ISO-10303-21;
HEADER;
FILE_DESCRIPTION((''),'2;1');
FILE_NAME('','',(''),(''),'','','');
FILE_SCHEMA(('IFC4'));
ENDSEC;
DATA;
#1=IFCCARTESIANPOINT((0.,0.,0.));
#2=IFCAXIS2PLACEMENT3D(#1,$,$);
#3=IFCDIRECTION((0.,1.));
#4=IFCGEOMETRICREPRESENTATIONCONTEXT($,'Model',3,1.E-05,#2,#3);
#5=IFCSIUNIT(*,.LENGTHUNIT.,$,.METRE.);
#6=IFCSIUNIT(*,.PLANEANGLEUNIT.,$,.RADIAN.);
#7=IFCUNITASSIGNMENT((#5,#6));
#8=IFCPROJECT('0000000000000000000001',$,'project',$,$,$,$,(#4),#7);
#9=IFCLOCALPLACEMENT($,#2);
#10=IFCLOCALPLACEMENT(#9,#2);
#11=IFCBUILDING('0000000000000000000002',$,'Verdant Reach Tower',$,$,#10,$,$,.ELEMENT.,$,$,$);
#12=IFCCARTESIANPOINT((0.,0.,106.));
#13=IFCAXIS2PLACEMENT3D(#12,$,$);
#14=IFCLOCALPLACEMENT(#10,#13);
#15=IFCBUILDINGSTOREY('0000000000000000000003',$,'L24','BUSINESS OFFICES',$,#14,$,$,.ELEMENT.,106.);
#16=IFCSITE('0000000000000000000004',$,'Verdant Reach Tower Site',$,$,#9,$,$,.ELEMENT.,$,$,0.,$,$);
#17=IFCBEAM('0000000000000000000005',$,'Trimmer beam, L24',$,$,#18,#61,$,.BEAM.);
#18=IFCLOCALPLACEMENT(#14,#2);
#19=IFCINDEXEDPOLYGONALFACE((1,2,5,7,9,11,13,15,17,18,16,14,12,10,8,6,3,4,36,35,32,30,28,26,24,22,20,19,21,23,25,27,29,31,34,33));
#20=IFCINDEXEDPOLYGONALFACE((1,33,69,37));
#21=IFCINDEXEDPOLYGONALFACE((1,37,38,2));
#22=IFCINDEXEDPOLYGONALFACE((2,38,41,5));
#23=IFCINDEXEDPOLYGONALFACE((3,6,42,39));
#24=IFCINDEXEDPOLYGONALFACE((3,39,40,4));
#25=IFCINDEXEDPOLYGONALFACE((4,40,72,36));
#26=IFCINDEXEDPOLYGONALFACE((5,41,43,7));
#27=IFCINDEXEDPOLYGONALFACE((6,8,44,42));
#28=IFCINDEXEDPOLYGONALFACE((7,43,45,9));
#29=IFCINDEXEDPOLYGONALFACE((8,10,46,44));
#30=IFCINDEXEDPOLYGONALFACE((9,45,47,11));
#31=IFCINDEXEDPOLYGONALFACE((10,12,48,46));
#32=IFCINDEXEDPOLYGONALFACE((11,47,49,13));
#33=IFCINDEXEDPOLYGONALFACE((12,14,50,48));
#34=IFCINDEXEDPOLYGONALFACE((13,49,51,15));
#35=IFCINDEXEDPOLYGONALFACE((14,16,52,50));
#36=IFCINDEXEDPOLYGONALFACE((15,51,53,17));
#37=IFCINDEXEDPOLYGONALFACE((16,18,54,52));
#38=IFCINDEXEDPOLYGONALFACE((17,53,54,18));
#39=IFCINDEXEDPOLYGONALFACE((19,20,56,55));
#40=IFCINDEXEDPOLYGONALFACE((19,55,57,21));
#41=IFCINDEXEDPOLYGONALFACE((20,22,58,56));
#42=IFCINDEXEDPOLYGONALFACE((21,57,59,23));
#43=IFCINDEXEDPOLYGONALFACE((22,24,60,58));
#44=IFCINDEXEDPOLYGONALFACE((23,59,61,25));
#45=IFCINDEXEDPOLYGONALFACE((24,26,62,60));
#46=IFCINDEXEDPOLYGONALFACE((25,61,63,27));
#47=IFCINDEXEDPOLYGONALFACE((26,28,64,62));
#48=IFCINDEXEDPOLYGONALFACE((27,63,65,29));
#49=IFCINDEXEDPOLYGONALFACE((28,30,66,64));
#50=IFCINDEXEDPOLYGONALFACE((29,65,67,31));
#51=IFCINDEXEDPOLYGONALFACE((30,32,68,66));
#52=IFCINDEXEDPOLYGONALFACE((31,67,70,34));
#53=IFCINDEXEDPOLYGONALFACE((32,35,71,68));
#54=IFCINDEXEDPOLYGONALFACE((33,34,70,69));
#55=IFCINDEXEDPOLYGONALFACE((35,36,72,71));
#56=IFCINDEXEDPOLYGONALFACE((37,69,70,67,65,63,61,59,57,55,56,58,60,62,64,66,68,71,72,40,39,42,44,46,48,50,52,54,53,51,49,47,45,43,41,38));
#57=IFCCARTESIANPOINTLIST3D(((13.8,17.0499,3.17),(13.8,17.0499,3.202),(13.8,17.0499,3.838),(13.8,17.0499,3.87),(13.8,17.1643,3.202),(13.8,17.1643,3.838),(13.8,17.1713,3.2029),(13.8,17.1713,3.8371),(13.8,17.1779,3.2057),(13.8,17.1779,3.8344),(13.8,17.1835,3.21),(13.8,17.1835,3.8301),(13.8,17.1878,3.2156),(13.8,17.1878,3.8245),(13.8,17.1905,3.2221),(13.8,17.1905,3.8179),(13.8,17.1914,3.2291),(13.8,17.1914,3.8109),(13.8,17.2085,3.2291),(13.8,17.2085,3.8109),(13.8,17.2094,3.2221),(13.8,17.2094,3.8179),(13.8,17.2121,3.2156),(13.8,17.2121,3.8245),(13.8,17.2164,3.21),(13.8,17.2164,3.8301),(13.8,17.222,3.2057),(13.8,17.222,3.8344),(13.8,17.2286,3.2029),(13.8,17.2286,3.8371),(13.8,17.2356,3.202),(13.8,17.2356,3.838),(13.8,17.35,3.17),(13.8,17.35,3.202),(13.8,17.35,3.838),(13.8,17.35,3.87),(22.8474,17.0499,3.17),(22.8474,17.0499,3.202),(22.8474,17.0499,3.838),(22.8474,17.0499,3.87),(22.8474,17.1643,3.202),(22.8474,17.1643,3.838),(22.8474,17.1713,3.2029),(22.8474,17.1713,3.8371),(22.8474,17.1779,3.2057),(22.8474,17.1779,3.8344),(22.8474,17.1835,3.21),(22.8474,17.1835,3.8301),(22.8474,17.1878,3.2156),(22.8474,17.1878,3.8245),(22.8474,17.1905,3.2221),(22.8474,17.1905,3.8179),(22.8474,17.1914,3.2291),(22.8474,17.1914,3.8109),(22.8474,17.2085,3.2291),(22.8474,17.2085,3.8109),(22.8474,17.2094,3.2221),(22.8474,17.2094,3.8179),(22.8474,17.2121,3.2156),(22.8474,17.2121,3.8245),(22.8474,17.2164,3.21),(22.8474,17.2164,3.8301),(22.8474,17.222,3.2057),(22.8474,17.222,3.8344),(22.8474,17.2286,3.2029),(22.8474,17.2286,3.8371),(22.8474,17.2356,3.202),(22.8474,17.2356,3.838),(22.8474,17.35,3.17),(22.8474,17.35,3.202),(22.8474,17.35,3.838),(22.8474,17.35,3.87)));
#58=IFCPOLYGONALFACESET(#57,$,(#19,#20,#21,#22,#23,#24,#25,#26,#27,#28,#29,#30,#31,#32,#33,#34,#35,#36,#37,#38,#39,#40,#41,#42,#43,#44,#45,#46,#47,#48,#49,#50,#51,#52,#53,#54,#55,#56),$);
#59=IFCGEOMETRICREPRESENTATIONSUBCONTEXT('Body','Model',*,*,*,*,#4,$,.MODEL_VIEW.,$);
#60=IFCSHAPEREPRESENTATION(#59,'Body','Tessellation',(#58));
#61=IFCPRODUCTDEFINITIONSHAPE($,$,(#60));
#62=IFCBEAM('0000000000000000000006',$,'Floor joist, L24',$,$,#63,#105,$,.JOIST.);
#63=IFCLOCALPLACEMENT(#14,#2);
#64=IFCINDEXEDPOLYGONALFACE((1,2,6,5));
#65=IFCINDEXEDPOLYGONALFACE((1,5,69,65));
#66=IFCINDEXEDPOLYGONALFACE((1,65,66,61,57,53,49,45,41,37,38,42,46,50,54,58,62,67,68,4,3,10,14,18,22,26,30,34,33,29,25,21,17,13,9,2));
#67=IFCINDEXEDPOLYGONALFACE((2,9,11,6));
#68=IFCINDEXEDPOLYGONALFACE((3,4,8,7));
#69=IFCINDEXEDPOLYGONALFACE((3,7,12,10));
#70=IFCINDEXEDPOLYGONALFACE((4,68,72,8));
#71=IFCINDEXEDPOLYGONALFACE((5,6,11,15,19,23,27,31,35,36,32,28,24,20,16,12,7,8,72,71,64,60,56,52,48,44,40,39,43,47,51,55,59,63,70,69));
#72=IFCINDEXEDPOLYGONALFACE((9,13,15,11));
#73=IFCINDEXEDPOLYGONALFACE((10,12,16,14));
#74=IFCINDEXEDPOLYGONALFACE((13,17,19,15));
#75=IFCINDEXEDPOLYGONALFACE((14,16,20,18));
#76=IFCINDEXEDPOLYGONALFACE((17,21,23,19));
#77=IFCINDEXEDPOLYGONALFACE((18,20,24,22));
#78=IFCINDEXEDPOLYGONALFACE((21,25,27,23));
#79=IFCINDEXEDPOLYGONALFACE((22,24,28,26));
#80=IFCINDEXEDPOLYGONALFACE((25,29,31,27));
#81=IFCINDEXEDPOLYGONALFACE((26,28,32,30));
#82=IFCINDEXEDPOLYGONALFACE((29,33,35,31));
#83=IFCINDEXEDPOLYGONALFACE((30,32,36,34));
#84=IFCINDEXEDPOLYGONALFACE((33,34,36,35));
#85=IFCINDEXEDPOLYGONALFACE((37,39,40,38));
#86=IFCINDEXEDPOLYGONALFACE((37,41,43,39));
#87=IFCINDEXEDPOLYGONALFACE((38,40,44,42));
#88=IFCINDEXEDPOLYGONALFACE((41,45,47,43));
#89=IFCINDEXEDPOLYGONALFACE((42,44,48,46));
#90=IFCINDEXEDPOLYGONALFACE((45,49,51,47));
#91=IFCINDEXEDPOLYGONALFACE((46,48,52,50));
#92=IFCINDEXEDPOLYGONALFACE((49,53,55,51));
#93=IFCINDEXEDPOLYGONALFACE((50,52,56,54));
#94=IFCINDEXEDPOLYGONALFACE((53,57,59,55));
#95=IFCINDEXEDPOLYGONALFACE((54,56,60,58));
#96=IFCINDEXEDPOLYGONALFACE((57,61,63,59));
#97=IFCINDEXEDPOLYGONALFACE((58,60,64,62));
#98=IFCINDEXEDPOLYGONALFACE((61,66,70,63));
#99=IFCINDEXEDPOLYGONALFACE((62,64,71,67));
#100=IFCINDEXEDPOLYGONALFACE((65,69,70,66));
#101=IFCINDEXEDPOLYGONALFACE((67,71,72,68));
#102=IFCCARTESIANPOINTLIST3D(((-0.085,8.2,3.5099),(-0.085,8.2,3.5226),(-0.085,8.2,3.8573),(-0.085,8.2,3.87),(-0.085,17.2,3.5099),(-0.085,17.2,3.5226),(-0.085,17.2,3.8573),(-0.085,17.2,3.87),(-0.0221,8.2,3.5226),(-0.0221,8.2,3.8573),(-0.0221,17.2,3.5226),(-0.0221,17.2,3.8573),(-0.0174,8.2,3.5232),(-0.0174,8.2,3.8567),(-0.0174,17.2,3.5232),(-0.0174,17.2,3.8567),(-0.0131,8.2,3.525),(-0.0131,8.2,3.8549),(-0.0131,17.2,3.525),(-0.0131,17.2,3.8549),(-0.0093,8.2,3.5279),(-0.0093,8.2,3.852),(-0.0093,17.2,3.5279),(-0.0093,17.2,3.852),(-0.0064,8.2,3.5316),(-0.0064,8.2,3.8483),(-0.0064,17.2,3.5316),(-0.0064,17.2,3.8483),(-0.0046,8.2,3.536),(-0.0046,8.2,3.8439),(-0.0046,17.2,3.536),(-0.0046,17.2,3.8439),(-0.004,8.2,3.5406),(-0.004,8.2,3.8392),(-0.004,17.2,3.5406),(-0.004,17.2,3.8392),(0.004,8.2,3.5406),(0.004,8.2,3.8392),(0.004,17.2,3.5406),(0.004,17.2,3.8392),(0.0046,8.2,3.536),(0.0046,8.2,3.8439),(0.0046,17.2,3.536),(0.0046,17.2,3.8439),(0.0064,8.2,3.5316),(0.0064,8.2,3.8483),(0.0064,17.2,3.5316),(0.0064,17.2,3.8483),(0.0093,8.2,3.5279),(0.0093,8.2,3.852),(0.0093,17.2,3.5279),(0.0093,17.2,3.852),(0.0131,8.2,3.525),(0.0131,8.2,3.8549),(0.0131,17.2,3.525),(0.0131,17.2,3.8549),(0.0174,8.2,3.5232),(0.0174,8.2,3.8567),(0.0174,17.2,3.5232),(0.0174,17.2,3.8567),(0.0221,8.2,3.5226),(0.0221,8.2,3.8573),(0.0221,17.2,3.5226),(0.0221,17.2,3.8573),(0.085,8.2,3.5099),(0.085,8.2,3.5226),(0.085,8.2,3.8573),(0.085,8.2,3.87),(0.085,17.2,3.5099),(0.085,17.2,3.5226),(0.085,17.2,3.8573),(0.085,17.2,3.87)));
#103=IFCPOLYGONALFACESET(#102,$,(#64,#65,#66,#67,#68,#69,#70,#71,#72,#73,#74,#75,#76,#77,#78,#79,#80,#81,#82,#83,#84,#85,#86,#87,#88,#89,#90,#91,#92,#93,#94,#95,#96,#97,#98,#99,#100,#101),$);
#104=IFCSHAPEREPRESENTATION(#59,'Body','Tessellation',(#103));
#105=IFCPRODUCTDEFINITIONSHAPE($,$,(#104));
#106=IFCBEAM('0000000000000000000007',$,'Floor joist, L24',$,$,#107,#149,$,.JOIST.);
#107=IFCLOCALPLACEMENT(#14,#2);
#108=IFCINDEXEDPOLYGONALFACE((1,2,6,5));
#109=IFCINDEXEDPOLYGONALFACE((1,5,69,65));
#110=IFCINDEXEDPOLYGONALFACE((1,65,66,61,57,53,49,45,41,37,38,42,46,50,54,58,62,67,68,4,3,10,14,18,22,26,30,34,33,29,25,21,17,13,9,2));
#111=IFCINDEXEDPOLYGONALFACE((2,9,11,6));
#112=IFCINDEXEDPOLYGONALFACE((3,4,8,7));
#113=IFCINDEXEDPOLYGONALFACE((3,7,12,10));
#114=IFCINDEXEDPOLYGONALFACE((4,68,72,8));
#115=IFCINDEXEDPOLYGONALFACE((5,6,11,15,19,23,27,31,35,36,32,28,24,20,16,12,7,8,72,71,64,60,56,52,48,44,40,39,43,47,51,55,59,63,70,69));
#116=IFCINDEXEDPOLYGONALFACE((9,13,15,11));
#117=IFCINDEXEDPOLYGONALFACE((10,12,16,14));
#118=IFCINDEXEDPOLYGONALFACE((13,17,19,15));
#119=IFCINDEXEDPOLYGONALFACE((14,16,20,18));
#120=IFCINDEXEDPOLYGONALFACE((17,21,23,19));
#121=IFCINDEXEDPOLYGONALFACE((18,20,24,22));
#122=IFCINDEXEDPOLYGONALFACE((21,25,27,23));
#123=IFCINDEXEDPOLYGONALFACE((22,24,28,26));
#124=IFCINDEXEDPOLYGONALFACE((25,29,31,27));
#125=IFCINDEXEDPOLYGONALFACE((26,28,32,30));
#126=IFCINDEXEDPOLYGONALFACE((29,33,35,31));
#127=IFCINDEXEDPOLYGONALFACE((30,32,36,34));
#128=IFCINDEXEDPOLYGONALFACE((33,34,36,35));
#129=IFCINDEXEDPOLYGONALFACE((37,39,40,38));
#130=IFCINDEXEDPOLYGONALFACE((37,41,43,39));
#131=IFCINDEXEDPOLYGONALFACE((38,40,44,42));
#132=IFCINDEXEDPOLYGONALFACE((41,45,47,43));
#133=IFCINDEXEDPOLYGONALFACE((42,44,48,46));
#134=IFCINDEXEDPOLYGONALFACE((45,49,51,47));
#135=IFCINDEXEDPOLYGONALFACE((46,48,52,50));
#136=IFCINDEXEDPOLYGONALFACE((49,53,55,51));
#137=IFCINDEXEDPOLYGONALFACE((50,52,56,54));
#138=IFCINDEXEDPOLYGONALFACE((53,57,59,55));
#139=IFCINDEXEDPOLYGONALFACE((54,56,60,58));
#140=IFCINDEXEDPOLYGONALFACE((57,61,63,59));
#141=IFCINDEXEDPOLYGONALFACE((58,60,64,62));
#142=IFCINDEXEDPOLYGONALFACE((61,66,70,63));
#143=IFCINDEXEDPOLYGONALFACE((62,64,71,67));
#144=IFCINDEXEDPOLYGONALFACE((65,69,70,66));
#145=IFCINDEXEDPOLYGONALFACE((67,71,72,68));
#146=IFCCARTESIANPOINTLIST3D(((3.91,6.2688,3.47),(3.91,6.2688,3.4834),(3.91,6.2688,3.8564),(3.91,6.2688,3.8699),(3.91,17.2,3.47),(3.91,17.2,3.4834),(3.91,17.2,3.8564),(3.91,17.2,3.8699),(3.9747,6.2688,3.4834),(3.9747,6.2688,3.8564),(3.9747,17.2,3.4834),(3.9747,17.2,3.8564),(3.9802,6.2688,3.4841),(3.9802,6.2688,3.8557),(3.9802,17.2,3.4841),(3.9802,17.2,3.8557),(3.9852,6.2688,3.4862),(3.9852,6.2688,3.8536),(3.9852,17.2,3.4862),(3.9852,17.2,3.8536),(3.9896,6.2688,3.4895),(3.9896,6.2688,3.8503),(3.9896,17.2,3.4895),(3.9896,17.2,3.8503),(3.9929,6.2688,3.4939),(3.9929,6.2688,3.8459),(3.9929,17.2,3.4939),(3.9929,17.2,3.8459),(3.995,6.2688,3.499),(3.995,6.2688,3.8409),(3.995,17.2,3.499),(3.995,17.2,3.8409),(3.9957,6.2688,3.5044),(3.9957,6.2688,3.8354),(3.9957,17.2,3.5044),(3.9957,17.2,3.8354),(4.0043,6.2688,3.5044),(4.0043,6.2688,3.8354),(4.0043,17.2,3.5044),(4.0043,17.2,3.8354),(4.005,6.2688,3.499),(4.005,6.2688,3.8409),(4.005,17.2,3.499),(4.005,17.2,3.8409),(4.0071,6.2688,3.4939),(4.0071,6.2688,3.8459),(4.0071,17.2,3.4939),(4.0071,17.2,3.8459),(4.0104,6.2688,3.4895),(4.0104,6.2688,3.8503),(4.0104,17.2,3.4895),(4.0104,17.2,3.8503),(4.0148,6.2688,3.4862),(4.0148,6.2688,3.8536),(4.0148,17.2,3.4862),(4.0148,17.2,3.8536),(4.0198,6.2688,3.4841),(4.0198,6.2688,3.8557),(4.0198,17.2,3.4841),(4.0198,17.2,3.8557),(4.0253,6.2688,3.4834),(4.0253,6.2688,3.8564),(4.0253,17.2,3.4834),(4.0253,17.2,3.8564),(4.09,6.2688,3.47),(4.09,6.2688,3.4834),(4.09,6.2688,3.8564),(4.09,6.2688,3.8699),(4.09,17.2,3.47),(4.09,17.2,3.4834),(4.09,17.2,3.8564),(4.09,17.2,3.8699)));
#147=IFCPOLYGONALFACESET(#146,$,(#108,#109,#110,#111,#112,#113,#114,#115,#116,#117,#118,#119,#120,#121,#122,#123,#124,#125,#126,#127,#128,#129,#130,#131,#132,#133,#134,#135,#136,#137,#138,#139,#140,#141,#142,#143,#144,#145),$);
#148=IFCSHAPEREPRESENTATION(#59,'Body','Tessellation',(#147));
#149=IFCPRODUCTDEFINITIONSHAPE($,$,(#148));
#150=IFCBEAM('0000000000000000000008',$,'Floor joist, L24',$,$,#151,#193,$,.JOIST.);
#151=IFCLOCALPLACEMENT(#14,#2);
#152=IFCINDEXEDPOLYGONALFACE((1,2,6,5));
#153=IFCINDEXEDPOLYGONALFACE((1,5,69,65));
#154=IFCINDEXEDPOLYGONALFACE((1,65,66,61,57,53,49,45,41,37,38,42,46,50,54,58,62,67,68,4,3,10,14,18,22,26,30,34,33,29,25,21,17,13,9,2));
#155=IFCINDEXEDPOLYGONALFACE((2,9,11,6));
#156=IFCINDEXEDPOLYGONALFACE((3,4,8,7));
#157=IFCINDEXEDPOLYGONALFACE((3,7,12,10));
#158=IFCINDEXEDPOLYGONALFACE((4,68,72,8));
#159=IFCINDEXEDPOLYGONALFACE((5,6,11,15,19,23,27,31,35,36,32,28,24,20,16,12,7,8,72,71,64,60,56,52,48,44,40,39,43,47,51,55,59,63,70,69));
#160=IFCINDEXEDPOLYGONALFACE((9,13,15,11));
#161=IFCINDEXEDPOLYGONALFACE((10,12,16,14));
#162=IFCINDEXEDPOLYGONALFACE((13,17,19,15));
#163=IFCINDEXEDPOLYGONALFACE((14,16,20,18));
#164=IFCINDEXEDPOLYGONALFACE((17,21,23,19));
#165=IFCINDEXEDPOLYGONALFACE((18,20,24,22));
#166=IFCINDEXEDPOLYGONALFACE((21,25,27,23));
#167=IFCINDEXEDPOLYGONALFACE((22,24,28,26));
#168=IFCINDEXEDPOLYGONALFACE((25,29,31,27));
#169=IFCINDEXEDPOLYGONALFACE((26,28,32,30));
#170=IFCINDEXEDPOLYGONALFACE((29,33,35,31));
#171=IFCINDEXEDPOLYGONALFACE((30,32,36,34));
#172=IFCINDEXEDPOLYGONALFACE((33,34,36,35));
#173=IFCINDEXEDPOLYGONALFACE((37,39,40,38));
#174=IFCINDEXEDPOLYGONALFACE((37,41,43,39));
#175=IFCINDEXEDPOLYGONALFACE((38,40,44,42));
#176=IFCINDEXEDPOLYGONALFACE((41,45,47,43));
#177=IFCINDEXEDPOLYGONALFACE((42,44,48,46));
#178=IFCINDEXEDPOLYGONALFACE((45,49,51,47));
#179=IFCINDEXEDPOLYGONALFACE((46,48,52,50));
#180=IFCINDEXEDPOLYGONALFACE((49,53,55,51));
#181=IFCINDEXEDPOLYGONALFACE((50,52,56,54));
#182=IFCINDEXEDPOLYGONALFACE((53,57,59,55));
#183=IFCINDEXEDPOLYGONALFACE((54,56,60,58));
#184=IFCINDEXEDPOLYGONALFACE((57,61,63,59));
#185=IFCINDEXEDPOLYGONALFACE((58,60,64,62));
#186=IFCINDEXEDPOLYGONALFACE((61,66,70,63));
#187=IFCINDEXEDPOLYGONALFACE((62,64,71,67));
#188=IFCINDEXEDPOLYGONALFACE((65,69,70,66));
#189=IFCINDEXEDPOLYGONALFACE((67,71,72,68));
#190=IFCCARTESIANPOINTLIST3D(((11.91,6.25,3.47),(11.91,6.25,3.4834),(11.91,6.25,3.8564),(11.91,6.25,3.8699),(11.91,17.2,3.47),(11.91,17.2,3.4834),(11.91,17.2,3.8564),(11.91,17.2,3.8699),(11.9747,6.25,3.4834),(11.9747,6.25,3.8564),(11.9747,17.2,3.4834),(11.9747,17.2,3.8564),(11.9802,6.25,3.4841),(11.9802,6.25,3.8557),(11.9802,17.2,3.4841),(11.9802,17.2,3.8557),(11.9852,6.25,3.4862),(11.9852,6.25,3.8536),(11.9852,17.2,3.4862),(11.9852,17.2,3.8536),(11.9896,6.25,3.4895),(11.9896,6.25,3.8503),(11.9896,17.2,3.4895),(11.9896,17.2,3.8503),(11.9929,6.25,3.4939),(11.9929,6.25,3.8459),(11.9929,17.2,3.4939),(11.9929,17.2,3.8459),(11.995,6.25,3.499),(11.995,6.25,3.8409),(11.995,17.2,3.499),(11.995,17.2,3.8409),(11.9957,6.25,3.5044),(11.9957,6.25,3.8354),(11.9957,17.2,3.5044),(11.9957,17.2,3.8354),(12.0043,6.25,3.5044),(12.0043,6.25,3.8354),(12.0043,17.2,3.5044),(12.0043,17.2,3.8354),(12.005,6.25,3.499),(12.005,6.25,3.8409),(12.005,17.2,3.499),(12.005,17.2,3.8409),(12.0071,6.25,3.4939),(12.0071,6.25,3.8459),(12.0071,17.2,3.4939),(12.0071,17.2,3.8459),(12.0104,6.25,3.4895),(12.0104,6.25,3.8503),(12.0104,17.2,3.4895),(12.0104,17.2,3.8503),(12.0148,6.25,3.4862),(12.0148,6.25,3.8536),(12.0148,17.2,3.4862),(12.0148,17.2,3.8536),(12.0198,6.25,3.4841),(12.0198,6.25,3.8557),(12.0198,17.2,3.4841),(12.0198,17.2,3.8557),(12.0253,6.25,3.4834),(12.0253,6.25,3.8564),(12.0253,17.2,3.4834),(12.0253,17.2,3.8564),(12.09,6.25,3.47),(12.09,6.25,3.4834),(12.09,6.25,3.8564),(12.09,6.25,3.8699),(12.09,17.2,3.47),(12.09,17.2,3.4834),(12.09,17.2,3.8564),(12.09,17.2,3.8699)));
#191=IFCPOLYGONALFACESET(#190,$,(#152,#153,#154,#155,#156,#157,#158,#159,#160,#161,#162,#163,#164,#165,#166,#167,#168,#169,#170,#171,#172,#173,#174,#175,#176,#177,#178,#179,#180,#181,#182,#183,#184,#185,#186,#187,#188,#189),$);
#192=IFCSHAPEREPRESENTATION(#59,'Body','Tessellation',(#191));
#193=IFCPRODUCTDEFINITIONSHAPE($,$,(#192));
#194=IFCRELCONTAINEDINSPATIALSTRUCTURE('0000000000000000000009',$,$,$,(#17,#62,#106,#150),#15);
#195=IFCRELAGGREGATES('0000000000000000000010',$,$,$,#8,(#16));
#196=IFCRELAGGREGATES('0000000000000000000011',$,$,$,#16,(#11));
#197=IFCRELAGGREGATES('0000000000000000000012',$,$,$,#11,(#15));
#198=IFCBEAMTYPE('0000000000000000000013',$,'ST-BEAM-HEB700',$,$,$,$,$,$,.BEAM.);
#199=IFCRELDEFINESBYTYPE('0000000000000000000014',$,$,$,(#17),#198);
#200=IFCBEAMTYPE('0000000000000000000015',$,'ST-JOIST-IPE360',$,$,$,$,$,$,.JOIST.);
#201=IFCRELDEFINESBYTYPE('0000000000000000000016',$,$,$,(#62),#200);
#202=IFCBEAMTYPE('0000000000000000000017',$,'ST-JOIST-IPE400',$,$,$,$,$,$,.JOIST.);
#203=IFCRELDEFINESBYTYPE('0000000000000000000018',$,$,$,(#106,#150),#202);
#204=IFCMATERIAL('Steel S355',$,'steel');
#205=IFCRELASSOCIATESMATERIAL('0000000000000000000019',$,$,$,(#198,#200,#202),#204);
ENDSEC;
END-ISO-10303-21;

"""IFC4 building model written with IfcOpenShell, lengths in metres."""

from ifc_helpers import new_model, si_unit, direction, frame, origin, origin_2d, place, context, subcontext, project, spatial, i_section, extrude, material, material_profile, profile_set, type_object, element, save


model = new_model("IFC4")

# Units and contexts
model_context = context("Model", 3, precision=1e-05, world=origin(), true_north=direction((0.0, 1.0)))
body_context = subcontext(model_context, "Body", "Model", "MODEL_VIEW")
ifc_project = project(units=[si_unit("LENGTHUNIT", "METRE"), si_unit("PLANEANGLEUNIT", "RADIAN")], contexts=[model_context])

# Site, building, storey
site_placement = place(None, origin())
site = spatial("IfcSite", under=ifc_project, at=site_placement, Name="Verdant Reach Tower Site", CompositionType="ELEMENT", RefElevation=0.0)
building_placement = place(site_placement, origin())
building = spatial("IfcBuilding", under=site, at=building_placement, Name="Verdant Reach Tower", CompositionType="ELEMENT")
storey_placement = place(building_placement, frame((0.0, 0.0, 106.0)))
storey = spatial("IfcBuildingStorey", under=building, at=storey_placement, Name="L24", Description="BUSINESS OFFICES", CompositionType="ELEMENT", Elevation=106.0)

# Beams
ifc_material_1 = material(Name="Steel S355", Category="steel")
ifc_material_profile_1 = material_profile(ifc_material_1, i_section(OverallWidth=0.3, OverallDepth=0.7, WebThickness=0.0171, FlangeThickness=0.032, FilletRadius=0.0271, at=origin_2d()), Name="HEB 700")
ifc_profile_set_1 = profile_set([ifc_material_profile_1], Name="Steel S355")
beam_type_1 = type_object("IfcBeamType", Name="ST-BEAM-HEB700", PredefinedType="BEAM", material=ifc_profile_set_1)
beam_1_placement = place(storey_placement, frame((13.8, 17.2, 3.52), z_axis=(1.0, 0.0, 0.0), x_axis=(0.0, 1.0, 0.0)))
element("IfcBeam", 1, at=beam_1_placement, inside=storey, type_object=beam_type_1, Name="Trimmer beam, L24", PredefinedType="BEAM", context=body_context, shape_type="SweptSolid", body=[
    extrude(i_section(OverallWidth=0.3, OverallDepth=0.7, WebThickness=0.0171, FlangeThickness=0.032, FilletRadius=0.0271, at=origin_2d()), origin(), (0.0, 0.0, 1.0), 9.0474),
])
ifc_material_profile_2 = material_profile(ifc_material_1, i_section(OverallWidth=0.1699, OverallDepth=0.3601, WebThickness=0.0081, FlangeThickness=0.0127, FilletRadius=0.0181, at=origin_2d()), Name="IPE 360")
ifc_profile_set_2 = profile_set([ifc_material_profile_2], Name="Steel S355")
beam_type_2 = type_object("IfcBeamType", Name="ST-JOIST-IPE360", PredefinedType="JOIST", material=ifc_profile_set_2)
beam_2_placement = place(storey_placement, frame((0.0, 17.2, 3.6899), z_axis=(0.0, -1.0, 0.0), x_axis=(1.0, 0.0, 0.0)))
element("IfcBeam", 2, at=beam_2_placement, inside=storey, type_object=beam_type_2, Name="Floor joist, L24", PredefinedType="JOIST", context=body_context, shape_type="SweptSolid", body=[
    extrude(i_section(OverallWidth=0.1699, OverallDepth=0.3601, WebThickness=0.0081, FlangeThickness=0.0127, FilletRadius=0.0181, at=origin_2d()), origin(), (0.0, 0.0, 1.0), 9.0),
])
ifc_material_profile_3 = material_profile(ifc_material_1, i_section(OverallWidth=0.1799, OverallDepth=0.3999, WebThickness=0.0085, FlangeThickness=0.0134, FilletRadius=0.021, at=origin_2d()), Name="IPE 400")
ifc_profile_set_3 = profile_set([ifc_material_profile_3], Name="Steel S355")
beam_type_3 = type_object("IfcBeamType", Name="ST-JOIST-IPE400", PredefinedType="JOIST", material=ifc_profile_set_3)
beam_3_placement = place(storey_placement, frame((4.0, 17.2, 3.6699), z_axis=(0.0, -1.0, 0.0), x_axis=(1.0, 0.0, 0.0)))
element("IfcBeam", 3, at=beam_3_placement, inside=storey, type_object=beam_type_3, Name="Floor joist, L24", PredefinedType="JOIST", context=body_context, shape_type="SweptSolid", body=[
    extrude(i_section(OverallWidth=0.1799, OverallDepth=0.3999, WebThickness=0.0085, FlangeThickness=0.0134, FilletRadius=0.021, at=origin_2d()), origin(), (0.0, 0.0, 1.0), 10.9312),
])
beam_4_placement = place(storey_placement, frame((12.0, 17.2, 3.6699), z_axis=(0.0, -1.0, 0.0), x_axis=(1.0, 0.0, 0.0)))
element("IfcBeam", 4, at=beam_4_placement, inside=storey, type_object=beam_type_3, Name="Floor joist, L24", PredefinedType="JOIST", context=body_context, shape_type="SweptSolid", body=[
    extrude(i_section(OverallWidth=0.1799, OverallDepth=0.3999, WebThickness=0.0085, FlangeThickness=0.0134, FilletRadius=0.021, at=origin_2d()), origin(), (0.0, 0.0, 1.0), 10.95),
])

save(model, "model.ifc")
